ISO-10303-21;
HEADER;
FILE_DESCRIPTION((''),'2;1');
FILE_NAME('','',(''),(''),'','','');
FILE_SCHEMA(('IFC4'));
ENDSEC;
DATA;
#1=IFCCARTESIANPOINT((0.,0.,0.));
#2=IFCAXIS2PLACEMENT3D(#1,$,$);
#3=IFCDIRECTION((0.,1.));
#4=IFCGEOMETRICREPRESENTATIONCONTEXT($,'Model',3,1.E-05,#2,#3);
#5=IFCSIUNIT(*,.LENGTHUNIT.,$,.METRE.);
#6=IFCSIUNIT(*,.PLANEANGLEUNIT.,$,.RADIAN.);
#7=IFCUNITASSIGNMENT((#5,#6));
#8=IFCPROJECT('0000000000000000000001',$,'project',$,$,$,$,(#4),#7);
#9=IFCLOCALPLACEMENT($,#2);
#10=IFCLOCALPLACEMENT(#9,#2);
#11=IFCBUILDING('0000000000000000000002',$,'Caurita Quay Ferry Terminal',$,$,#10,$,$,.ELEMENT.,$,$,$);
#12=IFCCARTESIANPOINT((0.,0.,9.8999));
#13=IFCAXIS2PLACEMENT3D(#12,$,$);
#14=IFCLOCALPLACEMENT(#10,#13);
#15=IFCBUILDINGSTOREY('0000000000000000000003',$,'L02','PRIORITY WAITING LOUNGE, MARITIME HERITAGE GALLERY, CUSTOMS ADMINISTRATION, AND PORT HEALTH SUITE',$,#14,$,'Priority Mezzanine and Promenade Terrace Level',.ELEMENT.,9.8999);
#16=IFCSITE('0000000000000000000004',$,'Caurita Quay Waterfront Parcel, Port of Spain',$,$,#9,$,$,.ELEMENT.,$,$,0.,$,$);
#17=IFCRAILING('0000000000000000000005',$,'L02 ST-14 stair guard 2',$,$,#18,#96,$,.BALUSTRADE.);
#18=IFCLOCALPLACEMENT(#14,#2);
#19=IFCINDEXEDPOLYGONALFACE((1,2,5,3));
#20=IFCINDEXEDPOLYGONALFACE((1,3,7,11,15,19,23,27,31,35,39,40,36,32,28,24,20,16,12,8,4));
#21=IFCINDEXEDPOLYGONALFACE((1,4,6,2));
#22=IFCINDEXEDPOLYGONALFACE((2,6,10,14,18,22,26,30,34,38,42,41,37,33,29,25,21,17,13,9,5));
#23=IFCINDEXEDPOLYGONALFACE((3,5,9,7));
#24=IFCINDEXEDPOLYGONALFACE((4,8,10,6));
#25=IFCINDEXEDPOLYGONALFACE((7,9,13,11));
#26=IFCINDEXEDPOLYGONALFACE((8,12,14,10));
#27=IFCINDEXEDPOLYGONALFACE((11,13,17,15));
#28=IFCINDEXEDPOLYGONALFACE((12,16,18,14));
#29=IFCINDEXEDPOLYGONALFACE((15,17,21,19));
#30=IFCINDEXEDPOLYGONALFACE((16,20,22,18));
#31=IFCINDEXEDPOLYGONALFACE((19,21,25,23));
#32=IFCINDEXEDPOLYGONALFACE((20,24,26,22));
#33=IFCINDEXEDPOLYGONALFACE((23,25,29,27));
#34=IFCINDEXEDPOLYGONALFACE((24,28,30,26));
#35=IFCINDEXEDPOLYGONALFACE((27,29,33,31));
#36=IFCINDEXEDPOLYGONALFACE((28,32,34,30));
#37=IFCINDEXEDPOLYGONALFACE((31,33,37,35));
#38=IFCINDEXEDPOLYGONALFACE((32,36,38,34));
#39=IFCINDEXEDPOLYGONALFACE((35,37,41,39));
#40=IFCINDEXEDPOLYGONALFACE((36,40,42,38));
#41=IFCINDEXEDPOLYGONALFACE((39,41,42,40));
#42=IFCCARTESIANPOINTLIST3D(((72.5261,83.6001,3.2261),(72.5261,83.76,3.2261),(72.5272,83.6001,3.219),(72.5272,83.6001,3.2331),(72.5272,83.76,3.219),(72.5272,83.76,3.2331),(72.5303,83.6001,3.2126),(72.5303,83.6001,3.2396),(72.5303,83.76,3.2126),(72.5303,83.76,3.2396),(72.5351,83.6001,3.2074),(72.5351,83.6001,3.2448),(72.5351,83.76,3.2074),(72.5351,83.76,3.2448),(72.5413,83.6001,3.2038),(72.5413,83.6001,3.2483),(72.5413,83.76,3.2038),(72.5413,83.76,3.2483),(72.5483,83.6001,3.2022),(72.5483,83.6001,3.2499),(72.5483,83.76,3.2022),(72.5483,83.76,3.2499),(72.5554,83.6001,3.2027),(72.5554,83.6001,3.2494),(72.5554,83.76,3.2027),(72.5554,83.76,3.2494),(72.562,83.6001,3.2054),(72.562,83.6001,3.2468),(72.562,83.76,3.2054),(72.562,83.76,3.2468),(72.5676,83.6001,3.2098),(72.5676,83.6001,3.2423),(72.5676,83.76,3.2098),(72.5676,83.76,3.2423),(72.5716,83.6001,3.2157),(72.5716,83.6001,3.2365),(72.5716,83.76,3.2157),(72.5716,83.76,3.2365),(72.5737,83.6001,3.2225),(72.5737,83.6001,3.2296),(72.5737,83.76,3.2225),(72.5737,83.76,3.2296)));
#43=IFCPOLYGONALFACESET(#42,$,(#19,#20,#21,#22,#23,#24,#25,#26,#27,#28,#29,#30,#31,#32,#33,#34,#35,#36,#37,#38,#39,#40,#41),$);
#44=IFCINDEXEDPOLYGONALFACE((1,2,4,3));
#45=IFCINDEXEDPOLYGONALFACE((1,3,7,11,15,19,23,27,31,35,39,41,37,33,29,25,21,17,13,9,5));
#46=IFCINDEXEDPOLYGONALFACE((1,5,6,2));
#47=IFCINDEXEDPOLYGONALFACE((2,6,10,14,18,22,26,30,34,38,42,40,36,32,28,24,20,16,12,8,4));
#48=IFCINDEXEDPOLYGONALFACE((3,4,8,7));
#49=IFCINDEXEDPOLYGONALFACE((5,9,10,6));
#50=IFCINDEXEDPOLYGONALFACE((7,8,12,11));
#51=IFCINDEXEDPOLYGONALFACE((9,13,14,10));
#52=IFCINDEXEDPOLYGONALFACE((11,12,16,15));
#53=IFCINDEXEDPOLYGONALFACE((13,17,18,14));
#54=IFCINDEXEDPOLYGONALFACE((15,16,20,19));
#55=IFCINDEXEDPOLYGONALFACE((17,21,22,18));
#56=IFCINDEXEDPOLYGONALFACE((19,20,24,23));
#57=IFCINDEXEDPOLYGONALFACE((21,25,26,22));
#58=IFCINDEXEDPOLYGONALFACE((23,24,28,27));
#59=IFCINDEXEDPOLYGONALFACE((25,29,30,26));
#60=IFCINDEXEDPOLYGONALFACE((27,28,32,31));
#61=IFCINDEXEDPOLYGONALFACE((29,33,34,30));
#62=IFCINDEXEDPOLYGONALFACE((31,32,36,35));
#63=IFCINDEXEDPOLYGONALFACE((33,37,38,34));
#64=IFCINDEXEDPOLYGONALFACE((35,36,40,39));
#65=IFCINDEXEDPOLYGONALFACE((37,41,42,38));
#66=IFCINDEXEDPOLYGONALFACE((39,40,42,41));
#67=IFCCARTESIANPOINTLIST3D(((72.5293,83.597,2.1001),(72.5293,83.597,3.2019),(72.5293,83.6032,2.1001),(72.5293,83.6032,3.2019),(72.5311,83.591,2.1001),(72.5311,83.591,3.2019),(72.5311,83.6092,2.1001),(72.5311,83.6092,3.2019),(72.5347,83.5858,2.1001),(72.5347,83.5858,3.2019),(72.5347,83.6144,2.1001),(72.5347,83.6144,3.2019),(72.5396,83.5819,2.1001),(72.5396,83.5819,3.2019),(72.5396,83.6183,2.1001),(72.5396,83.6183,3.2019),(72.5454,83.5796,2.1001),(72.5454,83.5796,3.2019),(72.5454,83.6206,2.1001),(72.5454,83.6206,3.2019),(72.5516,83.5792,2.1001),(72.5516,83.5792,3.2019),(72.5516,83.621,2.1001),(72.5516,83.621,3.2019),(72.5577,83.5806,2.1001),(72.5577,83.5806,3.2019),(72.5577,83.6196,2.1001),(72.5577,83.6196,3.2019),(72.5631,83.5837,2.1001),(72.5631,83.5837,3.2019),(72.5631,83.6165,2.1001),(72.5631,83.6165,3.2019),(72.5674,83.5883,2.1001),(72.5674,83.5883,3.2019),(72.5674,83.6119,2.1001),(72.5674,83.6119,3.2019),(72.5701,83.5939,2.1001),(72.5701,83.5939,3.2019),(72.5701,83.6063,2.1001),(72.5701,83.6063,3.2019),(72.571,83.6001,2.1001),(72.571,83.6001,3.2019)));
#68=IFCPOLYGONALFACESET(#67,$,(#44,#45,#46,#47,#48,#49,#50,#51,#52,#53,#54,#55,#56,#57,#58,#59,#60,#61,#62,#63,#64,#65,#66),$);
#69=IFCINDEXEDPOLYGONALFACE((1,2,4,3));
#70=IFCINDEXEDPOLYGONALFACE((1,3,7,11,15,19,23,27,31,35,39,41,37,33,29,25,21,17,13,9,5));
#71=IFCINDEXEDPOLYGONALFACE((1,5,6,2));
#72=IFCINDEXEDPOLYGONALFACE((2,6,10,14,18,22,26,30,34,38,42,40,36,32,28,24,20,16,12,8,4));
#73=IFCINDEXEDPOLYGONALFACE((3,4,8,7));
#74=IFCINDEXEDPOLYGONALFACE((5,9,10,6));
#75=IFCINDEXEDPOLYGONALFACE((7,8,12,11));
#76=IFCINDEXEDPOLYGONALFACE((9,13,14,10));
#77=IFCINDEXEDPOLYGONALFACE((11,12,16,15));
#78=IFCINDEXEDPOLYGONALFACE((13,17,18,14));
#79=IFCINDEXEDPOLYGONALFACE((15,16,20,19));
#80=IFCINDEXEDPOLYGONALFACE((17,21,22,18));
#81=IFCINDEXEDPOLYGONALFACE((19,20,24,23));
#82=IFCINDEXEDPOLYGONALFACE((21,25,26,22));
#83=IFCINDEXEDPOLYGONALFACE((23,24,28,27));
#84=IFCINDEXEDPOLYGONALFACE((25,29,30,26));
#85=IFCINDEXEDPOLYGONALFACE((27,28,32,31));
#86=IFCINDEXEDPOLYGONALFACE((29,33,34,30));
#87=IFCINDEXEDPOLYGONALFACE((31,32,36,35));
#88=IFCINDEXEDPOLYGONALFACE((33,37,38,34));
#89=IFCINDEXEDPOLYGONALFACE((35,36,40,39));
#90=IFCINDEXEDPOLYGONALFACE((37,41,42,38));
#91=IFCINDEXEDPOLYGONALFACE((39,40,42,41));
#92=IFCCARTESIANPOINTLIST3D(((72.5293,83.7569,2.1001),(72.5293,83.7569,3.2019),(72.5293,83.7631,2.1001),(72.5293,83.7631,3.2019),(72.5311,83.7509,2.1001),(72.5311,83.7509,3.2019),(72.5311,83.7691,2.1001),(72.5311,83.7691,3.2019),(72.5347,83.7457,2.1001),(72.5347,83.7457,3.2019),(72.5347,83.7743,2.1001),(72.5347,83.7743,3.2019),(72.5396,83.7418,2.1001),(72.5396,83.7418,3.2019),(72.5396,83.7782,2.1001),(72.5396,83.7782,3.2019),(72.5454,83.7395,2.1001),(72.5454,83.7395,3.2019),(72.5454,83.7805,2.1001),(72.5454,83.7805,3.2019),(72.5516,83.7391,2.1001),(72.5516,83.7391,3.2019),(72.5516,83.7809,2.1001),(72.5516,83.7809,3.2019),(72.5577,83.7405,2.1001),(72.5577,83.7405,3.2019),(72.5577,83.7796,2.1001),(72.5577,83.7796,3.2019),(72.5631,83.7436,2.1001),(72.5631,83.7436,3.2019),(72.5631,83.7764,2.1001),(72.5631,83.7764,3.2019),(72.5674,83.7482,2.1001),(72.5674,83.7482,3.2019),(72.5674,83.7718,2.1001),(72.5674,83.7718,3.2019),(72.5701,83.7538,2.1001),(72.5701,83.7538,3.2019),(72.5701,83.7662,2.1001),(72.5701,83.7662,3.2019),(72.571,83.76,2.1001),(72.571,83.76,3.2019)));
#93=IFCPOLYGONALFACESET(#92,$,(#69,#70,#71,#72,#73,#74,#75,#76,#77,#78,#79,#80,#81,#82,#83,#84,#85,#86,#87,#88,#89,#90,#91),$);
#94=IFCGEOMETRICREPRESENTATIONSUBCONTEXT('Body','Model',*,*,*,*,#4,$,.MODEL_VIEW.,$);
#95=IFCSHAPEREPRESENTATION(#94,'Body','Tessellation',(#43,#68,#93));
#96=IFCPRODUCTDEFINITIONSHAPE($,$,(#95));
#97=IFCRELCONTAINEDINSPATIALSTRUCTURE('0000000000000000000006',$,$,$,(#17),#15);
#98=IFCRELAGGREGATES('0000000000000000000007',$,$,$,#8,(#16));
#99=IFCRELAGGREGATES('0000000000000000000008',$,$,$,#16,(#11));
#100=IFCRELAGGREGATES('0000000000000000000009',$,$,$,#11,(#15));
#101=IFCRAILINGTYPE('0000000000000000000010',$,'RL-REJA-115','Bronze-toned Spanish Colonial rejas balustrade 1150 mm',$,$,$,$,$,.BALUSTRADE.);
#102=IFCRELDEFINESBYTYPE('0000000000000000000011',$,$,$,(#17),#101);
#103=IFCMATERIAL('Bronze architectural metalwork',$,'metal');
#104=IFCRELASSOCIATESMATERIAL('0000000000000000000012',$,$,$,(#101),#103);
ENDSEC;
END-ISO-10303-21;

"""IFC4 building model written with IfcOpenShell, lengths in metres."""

from ifc_helpers import new_model, si_unit, direction, frame, origin, origin_2d, place, context, subcontext, project, spatial, circle, extrude, material, type_object, element, save


model = new_model("IFC4")

# Units and contexts
model_context = context("Model", 3, precision=1e-05, world=origin(), true_north=direction((0.0, 1.0)))
body_context = subcontext(model_context, "Body", "Model", "MODEL_VIEW")
ifc_project = project(units=[si_unit("LENGTHUNIT", "METRE"), si_unit("PLANEANGLEUNIT", "RADIAN")], contexts=[model_context])

# Site, building, storey
site_placement = place(None, origin())
site = spatial("IfcSite", under=ifc_project, at=site_placement, Name="Caurita Quay Waterfront Parcel, Port of Spain", CompositionType="ELEMENT", RefElevation=0.0)
building_placement = place(site_placement, origin())
building = spatial("IfcBuilding", under=site, at=building_placement, Name="Caurita Quay Ferry Terminal", CompositionType="ELEMENT")
storey_placement = place(building_placement, frame((0.0, 0.0, 9.8999)))
storey = spatial("IfcBuildingStorey", under=building, at=storey_placement, Name="L02", Description="PRIORITY WAITING LOUNGE, MARITIME HERITAGE GALLERY, CUSTOMS ADMINISTRATION, AND PORT HEALTH SUITE", LongName="Priority Mezzanine and Promenade Terrace Level", CompositionType="ELEMENT", Elevation=9.8999)

# Railing
ifc_material_1 = material(Name="Bronze architectural metalwork", Category="metal")
railing_type_1 = type_object("IfcRailingType", Name="RL-REJA-115", Description="Bronze-toned Spanish Colonial rejas balustrade 1150 mm", PredefinedType="BALUSTRADE", material=ifc_material_1)
railing_1_placement = place(storey_placement, frame((72.55, 83.6001, 2.1001)))
element("IfcRailing", 1, at=railing_1_placement, inside=storey, type_object=railing_type_1, Name="L02 ST-14 stair guard 2", PredefinedType="BALUSTRADE", context=body_context, shape_type="SweptSolid", body=[
    extrude(circle(Radius=0.0239, at=origin_2d()), frame((0.0, 0.0, 1.126), z_axis=(0.0, 1.0, 0.0), x_axis=(-1.0, 0.0, 0.0)), (0.0, 0.0, 1.0), 0.1599),
    extrude(circle(Radius=0.021, at=origin_2d()), origin(), (0.0, 0.0, 1.0), 1.1018),
    extrude(circle(Radius=0.021, at=origin_2d()), frame((0.0, 0.1599, 0.0)), (0.0, 0.0, 1.0), 1.1018),
])

save(model, "model.ifc")
